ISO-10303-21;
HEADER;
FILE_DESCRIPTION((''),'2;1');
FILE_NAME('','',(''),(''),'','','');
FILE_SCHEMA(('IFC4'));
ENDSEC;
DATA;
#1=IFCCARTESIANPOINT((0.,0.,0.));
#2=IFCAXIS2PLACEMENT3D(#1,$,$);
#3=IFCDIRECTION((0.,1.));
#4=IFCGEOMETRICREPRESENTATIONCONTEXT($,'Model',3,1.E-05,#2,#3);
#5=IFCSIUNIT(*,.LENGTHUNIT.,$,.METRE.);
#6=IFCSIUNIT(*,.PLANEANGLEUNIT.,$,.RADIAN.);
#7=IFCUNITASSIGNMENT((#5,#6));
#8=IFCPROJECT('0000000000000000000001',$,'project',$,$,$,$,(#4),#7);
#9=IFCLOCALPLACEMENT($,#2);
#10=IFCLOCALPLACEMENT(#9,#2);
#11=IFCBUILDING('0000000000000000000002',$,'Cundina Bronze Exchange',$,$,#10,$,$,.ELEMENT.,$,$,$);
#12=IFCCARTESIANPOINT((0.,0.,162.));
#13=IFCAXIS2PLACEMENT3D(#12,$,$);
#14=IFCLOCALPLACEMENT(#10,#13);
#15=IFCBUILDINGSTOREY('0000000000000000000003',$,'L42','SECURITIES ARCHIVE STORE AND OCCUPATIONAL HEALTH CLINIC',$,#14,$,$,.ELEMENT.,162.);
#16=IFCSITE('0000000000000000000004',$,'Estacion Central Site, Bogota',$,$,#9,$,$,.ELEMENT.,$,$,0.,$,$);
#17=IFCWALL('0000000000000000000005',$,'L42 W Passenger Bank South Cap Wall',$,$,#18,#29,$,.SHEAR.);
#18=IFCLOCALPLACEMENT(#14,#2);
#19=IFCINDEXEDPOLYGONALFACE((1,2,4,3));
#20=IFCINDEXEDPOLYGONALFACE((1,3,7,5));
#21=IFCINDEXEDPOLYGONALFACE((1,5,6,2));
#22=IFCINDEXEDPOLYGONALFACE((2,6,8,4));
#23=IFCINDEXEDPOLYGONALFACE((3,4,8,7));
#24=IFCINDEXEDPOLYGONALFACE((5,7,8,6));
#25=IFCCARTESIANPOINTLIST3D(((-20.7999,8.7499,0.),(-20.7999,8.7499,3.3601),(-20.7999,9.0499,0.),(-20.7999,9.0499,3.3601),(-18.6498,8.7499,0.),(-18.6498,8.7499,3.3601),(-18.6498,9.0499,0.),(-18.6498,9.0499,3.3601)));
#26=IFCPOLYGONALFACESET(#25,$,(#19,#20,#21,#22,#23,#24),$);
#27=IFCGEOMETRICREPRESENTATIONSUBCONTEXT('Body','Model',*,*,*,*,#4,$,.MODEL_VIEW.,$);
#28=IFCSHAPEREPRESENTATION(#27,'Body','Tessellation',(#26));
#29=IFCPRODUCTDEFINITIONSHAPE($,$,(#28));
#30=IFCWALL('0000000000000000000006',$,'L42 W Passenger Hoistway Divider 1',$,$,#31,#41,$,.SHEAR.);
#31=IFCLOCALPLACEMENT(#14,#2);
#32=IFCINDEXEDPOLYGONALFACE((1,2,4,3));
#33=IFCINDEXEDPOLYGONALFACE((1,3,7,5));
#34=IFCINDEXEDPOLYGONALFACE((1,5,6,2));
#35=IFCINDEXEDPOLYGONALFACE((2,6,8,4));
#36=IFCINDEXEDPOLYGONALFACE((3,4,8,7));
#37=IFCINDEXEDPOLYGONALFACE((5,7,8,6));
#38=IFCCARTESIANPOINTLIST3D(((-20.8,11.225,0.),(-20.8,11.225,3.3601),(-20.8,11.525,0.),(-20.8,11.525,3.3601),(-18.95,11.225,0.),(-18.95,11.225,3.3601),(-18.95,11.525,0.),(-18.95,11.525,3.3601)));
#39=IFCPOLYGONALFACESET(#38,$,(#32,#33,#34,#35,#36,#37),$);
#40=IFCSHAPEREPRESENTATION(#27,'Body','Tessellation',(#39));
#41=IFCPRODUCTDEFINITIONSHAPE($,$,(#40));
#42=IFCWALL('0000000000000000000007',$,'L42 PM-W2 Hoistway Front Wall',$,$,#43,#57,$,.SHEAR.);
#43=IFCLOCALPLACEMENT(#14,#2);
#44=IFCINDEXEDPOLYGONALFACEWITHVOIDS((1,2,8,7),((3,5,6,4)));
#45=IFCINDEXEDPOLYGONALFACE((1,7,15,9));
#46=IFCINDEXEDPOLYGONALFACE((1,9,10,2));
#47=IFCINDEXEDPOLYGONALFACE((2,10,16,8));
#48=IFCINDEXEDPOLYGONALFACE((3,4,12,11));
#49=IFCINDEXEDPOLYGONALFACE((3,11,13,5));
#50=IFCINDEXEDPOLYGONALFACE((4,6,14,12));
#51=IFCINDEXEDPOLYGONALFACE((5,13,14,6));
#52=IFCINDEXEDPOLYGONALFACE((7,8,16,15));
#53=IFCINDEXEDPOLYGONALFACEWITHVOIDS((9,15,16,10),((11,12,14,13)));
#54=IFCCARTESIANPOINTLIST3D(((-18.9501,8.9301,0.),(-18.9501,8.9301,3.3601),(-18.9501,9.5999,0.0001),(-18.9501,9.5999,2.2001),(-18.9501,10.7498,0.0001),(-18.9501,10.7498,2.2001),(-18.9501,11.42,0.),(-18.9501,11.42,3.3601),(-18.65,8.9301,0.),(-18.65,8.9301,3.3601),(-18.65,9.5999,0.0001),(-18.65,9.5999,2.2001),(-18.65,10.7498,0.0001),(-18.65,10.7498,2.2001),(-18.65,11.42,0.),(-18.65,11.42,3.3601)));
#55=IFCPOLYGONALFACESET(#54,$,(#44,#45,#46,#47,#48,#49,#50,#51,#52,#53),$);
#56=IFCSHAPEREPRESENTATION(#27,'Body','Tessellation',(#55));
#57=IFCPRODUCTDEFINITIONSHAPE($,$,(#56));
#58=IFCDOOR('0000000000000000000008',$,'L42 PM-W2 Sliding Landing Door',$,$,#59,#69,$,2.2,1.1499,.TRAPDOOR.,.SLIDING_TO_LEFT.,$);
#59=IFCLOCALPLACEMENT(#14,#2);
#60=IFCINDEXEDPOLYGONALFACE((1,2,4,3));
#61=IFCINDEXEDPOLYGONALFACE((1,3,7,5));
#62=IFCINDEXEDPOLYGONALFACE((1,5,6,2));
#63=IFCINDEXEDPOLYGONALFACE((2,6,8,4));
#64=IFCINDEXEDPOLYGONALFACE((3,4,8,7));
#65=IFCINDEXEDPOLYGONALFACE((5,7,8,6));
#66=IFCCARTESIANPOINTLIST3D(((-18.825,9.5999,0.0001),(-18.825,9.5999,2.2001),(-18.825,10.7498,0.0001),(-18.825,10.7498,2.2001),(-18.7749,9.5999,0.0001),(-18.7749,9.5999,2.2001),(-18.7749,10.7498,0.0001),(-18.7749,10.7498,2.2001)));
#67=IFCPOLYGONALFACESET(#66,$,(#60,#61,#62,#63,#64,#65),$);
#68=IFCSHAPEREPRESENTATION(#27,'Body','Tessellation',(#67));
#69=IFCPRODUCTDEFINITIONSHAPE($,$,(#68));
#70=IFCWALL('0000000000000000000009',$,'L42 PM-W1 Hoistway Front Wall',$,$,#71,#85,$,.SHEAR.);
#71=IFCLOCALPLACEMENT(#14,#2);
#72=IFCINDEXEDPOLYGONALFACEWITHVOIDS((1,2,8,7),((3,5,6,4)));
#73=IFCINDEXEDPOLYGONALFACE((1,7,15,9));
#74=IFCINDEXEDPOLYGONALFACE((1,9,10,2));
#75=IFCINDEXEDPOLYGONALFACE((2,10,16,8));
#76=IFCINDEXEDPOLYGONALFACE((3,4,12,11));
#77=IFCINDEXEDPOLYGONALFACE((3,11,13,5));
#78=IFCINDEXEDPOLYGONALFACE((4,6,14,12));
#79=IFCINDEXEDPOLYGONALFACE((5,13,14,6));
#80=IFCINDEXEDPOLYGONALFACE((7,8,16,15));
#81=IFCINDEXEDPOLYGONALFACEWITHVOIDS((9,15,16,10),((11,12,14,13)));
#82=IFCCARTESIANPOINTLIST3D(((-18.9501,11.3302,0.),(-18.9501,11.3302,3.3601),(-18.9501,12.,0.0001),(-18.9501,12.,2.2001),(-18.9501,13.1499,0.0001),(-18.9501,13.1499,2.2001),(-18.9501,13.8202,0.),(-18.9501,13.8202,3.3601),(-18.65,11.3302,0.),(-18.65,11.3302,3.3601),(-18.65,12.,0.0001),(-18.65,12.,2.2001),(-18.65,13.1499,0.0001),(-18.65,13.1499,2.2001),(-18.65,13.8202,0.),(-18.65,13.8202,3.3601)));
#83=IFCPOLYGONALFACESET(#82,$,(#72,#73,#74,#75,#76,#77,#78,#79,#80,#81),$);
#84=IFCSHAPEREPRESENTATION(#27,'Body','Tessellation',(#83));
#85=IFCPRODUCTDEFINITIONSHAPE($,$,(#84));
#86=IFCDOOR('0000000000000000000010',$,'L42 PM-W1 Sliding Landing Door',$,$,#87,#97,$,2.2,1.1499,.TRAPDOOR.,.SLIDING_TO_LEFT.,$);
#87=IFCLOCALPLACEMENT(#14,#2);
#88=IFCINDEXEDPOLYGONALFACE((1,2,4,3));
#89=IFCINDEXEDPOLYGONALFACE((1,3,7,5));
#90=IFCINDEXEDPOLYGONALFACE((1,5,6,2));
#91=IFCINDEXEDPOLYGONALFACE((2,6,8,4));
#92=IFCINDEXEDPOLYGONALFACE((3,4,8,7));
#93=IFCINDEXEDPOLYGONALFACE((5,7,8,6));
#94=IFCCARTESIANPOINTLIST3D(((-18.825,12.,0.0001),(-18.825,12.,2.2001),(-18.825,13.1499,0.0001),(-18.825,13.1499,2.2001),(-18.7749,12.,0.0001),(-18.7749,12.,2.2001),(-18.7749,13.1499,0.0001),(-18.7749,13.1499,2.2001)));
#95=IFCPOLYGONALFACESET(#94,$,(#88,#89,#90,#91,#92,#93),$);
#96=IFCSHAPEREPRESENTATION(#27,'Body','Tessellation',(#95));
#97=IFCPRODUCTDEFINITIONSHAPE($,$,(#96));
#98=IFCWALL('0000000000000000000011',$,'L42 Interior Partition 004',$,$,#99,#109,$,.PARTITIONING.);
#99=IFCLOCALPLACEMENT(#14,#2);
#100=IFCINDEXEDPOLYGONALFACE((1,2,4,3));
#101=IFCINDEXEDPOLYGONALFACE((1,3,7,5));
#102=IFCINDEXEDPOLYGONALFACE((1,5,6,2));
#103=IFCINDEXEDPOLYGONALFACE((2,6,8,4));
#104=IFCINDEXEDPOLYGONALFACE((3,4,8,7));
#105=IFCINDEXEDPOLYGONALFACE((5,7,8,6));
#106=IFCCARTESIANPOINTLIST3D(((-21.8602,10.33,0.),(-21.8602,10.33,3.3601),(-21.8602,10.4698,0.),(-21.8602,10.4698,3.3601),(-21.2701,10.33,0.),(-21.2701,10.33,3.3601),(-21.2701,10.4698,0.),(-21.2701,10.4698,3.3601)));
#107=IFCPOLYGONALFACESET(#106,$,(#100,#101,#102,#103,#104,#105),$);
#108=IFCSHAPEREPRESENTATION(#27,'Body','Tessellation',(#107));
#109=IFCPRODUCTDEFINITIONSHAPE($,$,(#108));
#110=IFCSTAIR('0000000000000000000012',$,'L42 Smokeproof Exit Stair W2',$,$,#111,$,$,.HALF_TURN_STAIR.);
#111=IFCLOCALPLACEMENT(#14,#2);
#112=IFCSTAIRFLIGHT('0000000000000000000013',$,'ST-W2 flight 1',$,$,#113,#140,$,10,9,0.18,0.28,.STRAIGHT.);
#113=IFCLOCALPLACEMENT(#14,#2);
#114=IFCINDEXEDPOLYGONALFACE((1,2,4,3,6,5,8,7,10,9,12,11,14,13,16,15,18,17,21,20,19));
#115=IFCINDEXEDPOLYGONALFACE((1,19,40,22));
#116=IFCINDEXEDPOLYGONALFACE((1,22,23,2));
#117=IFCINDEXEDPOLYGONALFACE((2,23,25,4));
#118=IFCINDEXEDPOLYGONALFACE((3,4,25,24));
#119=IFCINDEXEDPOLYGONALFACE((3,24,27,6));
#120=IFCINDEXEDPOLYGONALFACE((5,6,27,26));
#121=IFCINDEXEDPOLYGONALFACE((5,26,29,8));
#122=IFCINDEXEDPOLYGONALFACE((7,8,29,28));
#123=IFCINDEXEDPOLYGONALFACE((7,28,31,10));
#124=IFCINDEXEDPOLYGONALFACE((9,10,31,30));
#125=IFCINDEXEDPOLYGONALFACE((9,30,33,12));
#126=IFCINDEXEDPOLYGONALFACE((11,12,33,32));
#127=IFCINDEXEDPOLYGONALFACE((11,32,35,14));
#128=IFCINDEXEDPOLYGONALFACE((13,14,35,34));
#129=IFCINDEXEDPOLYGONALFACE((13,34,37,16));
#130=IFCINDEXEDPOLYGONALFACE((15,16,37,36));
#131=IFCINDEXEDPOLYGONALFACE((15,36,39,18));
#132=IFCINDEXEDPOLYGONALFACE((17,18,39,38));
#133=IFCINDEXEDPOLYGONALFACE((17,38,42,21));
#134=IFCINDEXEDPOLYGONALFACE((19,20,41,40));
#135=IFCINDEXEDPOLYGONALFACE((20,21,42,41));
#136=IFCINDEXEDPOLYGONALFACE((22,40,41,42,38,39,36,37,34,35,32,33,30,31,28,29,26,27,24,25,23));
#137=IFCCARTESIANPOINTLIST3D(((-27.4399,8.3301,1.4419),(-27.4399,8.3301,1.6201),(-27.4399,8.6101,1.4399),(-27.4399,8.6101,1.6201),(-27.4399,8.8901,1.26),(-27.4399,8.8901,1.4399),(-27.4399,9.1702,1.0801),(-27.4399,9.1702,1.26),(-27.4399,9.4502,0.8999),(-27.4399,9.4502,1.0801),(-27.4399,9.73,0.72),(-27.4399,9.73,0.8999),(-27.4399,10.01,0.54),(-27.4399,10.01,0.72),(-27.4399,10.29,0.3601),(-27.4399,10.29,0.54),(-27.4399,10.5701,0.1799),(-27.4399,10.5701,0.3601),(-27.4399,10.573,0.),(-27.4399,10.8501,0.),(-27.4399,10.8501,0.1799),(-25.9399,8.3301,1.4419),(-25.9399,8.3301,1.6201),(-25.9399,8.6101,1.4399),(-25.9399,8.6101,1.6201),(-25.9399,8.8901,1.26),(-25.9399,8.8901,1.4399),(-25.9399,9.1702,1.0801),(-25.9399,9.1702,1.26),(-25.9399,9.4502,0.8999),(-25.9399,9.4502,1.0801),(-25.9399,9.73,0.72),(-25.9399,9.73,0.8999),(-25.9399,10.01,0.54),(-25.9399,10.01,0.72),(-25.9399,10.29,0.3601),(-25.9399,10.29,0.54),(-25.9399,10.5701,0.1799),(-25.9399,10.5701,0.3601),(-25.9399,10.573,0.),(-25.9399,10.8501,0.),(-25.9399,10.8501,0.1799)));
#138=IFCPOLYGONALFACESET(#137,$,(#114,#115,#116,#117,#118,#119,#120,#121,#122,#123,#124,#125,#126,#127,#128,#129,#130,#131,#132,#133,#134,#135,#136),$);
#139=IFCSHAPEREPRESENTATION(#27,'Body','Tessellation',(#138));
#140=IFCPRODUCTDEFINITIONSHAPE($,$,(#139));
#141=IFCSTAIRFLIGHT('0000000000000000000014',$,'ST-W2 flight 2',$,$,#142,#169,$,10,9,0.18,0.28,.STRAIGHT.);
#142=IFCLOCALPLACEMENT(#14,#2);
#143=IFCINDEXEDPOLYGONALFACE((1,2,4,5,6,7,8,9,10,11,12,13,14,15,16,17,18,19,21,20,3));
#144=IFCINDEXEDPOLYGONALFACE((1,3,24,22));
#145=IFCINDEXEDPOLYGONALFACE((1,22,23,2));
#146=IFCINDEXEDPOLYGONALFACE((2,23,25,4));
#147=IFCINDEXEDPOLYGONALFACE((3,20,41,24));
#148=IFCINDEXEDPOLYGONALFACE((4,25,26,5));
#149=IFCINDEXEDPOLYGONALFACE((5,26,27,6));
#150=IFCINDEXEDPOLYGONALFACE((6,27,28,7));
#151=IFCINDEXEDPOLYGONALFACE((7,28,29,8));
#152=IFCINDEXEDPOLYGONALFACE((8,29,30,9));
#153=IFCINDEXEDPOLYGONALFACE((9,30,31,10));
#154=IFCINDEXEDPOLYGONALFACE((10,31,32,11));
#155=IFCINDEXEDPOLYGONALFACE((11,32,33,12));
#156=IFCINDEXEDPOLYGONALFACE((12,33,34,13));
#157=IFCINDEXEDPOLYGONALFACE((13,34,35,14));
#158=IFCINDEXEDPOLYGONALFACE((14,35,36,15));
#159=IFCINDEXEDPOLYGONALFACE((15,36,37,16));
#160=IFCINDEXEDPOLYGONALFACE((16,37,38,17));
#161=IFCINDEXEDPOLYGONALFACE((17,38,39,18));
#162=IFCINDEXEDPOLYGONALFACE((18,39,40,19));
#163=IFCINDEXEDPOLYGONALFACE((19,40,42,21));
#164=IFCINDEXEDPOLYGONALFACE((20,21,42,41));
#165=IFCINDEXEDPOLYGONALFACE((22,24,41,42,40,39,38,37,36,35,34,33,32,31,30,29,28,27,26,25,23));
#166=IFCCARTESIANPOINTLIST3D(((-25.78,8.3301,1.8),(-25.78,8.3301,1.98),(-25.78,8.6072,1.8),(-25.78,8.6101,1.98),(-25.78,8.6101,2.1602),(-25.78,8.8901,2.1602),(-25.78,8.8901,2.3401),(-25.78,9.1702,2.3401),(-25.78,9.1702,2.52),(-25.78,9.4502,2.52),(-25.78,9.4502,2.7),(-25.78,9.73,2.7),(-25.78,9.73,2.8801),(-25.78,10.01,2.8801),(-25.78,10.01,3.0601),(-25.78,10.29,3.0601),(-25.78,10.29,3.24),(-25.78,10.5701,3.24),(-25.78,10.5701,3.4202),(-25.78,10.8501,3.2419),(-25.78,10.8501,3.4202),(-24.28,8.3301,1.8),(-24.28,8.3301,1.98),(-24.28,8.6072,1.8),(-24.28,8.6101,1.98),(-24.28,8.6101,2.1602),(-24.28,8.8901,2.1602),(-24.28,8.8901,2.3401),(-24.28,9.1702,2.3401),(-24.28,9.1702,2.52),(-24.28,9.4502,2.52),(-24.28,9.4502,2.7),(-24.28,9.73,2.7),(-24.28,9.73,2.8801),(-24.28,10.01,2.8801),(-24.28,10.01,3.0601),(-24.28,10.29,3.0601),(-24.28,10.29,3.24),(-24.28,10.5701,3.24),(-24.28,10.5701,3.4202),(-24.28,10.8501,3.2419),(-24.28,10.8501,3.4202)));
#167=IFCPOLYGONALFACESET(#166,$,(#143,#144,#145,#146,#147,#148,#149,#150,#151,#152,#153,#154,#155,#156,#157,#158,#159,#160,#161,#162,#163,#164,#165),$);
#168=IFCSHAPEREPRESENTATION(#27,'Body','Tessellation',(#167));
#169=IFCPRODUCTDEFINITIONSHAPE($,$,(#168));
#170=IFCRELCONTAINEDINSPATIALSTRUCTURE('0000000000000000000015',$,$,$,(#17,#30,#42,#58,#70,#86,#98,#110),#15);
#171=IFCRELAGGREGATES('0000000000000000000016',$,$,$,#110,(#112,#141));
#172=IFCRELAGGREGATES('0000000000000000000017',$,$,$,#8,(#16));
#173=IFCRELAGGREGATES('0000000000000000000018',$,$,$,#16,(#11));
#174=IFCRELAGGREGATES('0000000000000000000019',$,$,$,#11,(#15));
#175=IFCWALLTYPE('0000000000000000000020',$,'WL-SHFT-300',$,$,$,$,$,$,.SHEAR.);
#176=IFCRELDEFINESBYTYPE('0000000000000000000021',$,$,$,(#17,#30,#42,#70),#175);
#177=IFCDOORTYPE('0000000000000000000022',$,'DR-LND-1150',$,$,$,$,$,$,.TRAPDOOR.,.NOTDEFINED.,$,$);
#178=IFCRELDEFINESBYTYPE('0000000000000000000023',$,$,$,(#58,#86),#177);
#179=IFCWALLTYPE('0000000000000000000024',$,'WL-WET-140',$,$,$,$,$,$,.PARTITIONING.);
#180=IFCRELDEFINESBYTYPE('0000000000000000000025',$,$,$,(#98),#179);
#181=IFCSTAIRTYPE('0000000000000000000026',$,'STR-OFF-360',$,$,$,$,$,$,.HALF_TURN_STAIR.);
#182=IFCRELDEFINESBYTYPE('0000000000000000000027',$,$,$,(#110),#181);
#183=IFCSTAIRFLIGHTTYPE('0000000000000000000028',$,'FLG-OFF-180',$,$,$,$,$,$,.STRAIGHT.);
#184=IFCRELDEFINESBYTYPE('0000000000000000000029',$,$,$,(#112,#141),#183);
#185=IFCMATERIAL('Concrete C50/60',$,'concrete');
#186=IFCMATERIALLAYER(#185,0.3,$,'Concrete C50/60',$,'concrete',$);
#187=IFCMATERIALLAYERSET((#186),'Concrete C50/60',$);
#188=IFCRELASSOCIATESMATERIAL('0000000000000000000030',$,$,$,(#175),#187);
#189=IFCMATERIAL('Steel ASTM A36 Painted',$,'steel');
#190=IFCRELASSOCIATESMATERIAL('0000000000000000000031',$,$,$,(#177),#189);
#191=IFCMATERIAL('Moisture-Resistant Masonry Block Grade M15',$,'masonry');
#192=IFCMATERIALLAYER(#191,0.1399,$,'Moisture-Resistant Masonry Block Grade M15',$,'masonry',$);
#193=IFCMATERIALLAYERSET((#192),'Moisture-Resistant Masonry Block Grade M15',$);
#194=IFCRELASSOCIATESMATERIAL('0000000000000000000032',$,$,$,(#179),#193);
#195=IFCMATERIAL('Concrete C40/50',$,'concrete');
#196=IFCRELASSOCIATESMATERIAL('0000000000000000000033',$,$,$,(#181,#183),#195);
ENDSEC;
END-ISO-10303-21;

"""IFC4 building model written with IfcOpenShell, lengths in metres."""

from ifc_helpers import new_model, si_unit, direction, frame, frame_2d, origin, place, context, subcontext, project, spatial, polyline, rectangle, outline, extrude, material, layer, layer_set, type_object, element, fill, aggregate, save


model = new_model("IFC4")

# Units and contexts
model_context = context("Model", 3, precision=1e-05, world=origin(), true_north=direction((0.0, 1.0)))
body_context = subcontext(model_context, "Body", "Model", "MODEL_VIEW")
ifc_project = project(units=[si_unit("LENGTHUNIT", "METRE"), si_unit("PLANEANGLEUNIT", "RADIAN")], contexts=[model_context])

# Site, building, storey
site_placement = place(None, origin())
site = spatial("IfcSite", under=ifc_project, at=site_placement, Name="Estacion Central Site, Bogota", CompositionType="ELEMENT", RefElevation=0.0)
building_placement = place(site_placement, origin())
building = spatial("IfcBuilding", under=site, at=building_placement, Name="Cundina Bronze Exchange", CompositionType="ELEMENT")
storey_placement = place(building_placement, frame((0.0, 0.0, 162.0)))
storey = spatial("IfcBuildingStorey", under=building, at=storey_placement, Name="L42", Description="SECURITIES ARCHIVE STORE AND OCCUPATIONAL HEALTH CLINIC", CompositionType="ELEMENT", Elevation=162.0)

# Shared definitions
ifc_material_1 = material(Name="Concrete C50/60", Category="concrete")

# Shared definitions
ifc_layer_1 = layer(ifc_material_1, 0.3, Name="Concrete C50/60", Category="concrete")
ifc_layer_set_1 = layer_set([ifc_layer_1], Name="Concrete C50/60")
wall_type_1 = type_object("IfcWallType", Name="WL-SHFT-300", PredefinedType="SHEAR", material=ifc_layer_set_1)
ifc_material_2 = material(Name="Steel ASTM A36 Painted", Category="steel")
door_type_1 = type_object("IfcDoorType", Name="DR-LND-1150", OperationType="NOTDEFINED", PredefinedType="TRAPDOOR", material=ifc_material_2)

# Walls
wall_1_placement = place(storey_placement, frame((-20.8, 8.8999, 0.0), z_axis=(0.0, 0.0, 1.0), x_axis=(1.0, 0.0, 0.0)))
element("IfcWall", 1, at=wall_1_placement, inside=storey, type_object=wall_type_1, Name="L42 W Passenger Bank South Cap Wall", PredefinedType="SHEAR", context=body_context, shape_type="SweptSolid", body=[
    extrude(rectangle(XDim=2.1501, YDim=0.3, at=frame_2d((1.0752, 0.0))), origin(), (0.0, 0.0, 1.0), 3.3601),
])
wall_2_placement = place(storey_placement, frame((-20.8, 11.375, 0.0), z_axis=(0.0, 0.0, 1.0), x_axis=(1.0, 0.0, 0.0)))
element("IfcWall", 2, at=wall_2_placement, inside=storey, type_object=wall_type_1, Name="L42 W Passenger Hoistway Divider 1", PredefinedType="SHEAR", context=body_context, shape_type="SweptSolid", body=[
    extrude(rectangle(XDim=1.8501, YDim=0.3, at=frame_2d((0.925, 0.0))), origin(), (0.0, 0.0, 1.0), 3.3601),
])

# Walls, openings, doors
wall_3_placement = place(storey_placement, frame((-18.8, 8.9299, 0.0), z_axis=(0.0, 0.0, 1.0), x_axis=(0.0, 1.0, 0.0)))
wall_3 = element("IfcWall", 3, at=wall_3_placement, inside=storey, type_object=wall_type_1, Name="L42 PM-W2 Hoistway Front Wall", PredefinedType="SHEAR", context=body_context, shape_type="SweptSolid", body=[
    extrude(rectangle(XDim=2.49, YDim=0.3, at=frame_2d((1.2451, 0.0))), origin(), (0.0, 0.0, 1.0), 3.3601),
])
opening_1_placement = place(wall_3_placement, frame((0.6699, 0.0, 0.0)))
opening_1 = element("IfcOpeningElement", 4, at=opening_1_placement, cuts=wall_3, PredefinedType="OPENING", context=body_context, shape_type="SweptSolid", body=[
    extrude(rectangle(XDim=1.1499, YDim=2.2, at=frame_2d((0.575, 1.1001))), frame((0.0, 0.1599, 0.0), z_axis=(0.0, -1.0, 0.0), x_axis=(1.0, 0.0, 0.0)), (0.0, 0.0, 1.0), 0.3201),
])
door_1_placement = place(opening_1_placement, origin())
door_1 = element("IfcDoor", 5, at=door_1_placement, inside=storey, type_object=door_type_1, Name="L42 PM-W2 Sliding Landing Door", OperationType="SLIDING_TO_LEFT", OverallHeight=2.2, OverallWidth=1.1499, PredefinedType="TRAPDOOR", context=body_context, shape_type="SweptSolid", body=[
    extrude(rectangle(XDim=1.1499, YDim=2.2, at=frame_2d((0.575, 1.1001))), frame((0.0, 0.0249, 0.0), z_axis=(0.0, -1.0, 0.0), x_axis=(1.0, 0.0, 0.0)), (0.0, 0.0, 1.0), 0.05),
])
fill(opening_1, door_1)
wall_4_placement = place(storey_placement, frame((-18.8, 11.3301, 0.0), z_axis=(0.0, 0.0, 1.0), x_axis=(0.0, 1.0, 0.0)))
wall_4 = element("IfcWall", 6, at=wall_4_placement, inside=storey, type_object=wall_type_1, Name="L42 PM-W1 Hoistway Front Wall", PredefinedType="SHEAR", context=body_context, shape_type="SweptSolid", body=[
    extrude(rectangle(XDim=2.49, YDim=0.3, at=frame_2d((1.2451, 0.0))), origin(), (0.0, 0.0, 1.0), 3.3601),
])
opening_2_placement = place(wall_4_placement, frame((0.6699, 0.0, 0.0)))
opening_2 = element("IfcOpeningElement", 7, at=opening_2_placement, cuts=wall_4, PredefinedType="OPENING", context=body_context, shape_type="SweptSolid", body=[
    extrude(rectangle(XDim=1.1499, YDim=2.2, at=frame_2d((0.575, 1.1001))), frame((0.0, 0.1599, 0.0), z_axis=(0.0, -1.0, 0.0), x_axis=(1.0, 0.0, 0.0)), (0.0, 0.0, 1.0), 0.3201),
])
door_2_placement = place(opening_2_placement, origin())
door_2 = element("IfcDoor", 8, at=door_2_placement, inside=storey, type_object=door_type_1, Name="L42 PM-W1 Sliding Landing Door", OperationType="SLIDING_TO_LEFT", OverallHeight=2.2, OverallWidth=1.1499, PredefinedType="TRAPDOOR", context=body_context, shape_type="SweptSolid", body=[
    extrude(rectangle(XDim=1.1499, YDim=2.2, at=frame_2d((0.575, 1.1001))), frame((0.0, 0.0249, 0.0), z_axis=(0.0, -1.0, 0.0), x_axis=(1.0, 0.0, 0.0)), (0.0, 0.0, 1.0), 0.05),
])
fill(opening_2, door_2)

# Wall
ifc_material_3 = material(Name="Moisture-Resistant Masonry Block Grade M15", Category="masonry")
ifc_layer_2 = layer(ifc_material_3, 0.1399, Name="Moisture-Resistant Masonry Block Grade M15", Category="masonry")
ifc_layer_set_2 = layer_set([ifc_layer_2], Name="Moisture-Resistant Masonry Block Grade M15")
wall_type_2 = type_object("IfcWallType", Name="WL-WET-140", PredefinedType="PARTITIONING", material=ifc_layer_set_2)
wall_5_placement = place(storey_placement, frame((-21.8601, 10.3999, 0.0), z_axis=(0.0, 0.0, 1.0), x_axis=(1.0, 0.0, 0.0)))
element("IfcWall", 9, at=wall_5_placement, inside=storey, type_object=wall_type_2, Name="L42 Interior Partition 004", PredefinedType="PARTITIONING", context=body_context, shape_type="SweptSolid", body=[
    extrude(rectangle(XDim=0.5901, YDim=0.1399, at=frame_2d((0.2949, 0.0))), origin(), (0.0, 0.0, 1.0), 3.3601),
])

# Stair, stair flights
ifc_material_4 = material(Name="Concrete C40/50", Category="concrete")
stair_type = type_object("IfcStairType", Name="STR-OFF-360", PredefinedType="HALF_TURN_STAIR", material=ifc_material_4)
stair_placement = place(storey_placement, origin())
stair = element("IfcStair", 10, at=stair_placement, inside=storey, type_object=stair_type, Name="L42 Smokeproof Exit Stair W2", PredefinedType="HALF_TURN_STAIR")
stair_flight_type = type_object("IfcStairFlightType", Name="FLG-OFF-180", PredefinedType="STRAIGHT", material=ifc_material_4)
stair_flight_1_placement = place(storey_placement, frame((-26.6899, 10.8501, 0.0), z_axis=(0.0, 0.0, 1.0), x_axis=(0.0, -1.0, 0.0)))
stair_flight_1 = element("IfcStairFlight", 11, at=stair_flight_1_placement, type_object=stair_flight_type, Name="ST-W2 flight 1", NumberOfRisers=10, NumberOfTreads=9, PredefinedType="STRAIGHT", RiserHeight=0.18, TreadLength=0.28, context=body_context, shape_type="SweptSolid", body=[
    extrude(outline(polyline([(0.0, 0.0), (0.0, 0.1799), (0.28, 0.1799), (0.28, 0.3601), (0.5601, 0.3601), (0.5601, 0.54), (0.8401, 0.54), (0.8401, 0.72), (1.1201, 0.72), (1.1201, 0.8999), (1.3999, 0.8999), (1.3999, 1.0801), (1.6799, 1.0801), (1.6799, 1.26), (1.96, 1.26), (1.96, 1.4399), (2.24, 1.4399), (2.24, 1.6201), (2.52, 1.6201), (2.52, 1.8), (2.52, 1.4419), (0.2771, 0.0), (0.0, 0.0)])), frame((0.0, 0.75, 0.0), z_axis=(0.0, -1.0, 0.0), x_axis=(1.0, 0.0, 0.0)), (0.0, 0.0, 1.0), 1.5),
])
stair_flight_2_placement = place(storey_placement, frame((-25.03, 8.3301, 1.8), z_axis=(0.0, 0.0, 1.0), x_axis=(0.0, 1.0, 0.0)))
stair_flight_2 = element("IfcStairFlight", 12, at=stair_flight_2_placement, type_object=stair_flight_type, Name="ST-W2 flight 2", NumberOfRisers=10, NumberOfTreads=9, PredefinedType="STRAIGHT", RiserHeight=0.18, TreadLength=0.28, context=body_context, shape_type="SweptSolid", body=[
    extrude(outline(polyline([(0.0, 0.0), (0.0, 0.1799), (0.28, 0.1799), (0.28, 0.3601), (0.5601, 0.3601), (0.5601, 0.54), (0.8401, 0.54), (0.8401, 0.72), (1.1201, 0.72), (1.1201, 0.8999), (1.3999, 0.8999), (1.3999, 1.0801), (1.6799, 1.0801), (1.6799, 1.26), (1.96, 1.26), (1.96, 1.4399), (2.24, 1.4399), (2.24, 1.6201), (2.52, 1.6201), (2.52, 1.8), (2.52, 1.4419), (0.2771, 0.0), (0.0, 0.0)])), frame((0.0, 0.75, 0.0), z_axis=(0.0, -1.0, 0.0), x_axis=(1.0, 0.0, 0.0)), (0.0, 0.0, 1.0), 1.5),
])
aggregate(stair, [stair_flight_1, stair_flight_2])

save(model, "model.ifc")
